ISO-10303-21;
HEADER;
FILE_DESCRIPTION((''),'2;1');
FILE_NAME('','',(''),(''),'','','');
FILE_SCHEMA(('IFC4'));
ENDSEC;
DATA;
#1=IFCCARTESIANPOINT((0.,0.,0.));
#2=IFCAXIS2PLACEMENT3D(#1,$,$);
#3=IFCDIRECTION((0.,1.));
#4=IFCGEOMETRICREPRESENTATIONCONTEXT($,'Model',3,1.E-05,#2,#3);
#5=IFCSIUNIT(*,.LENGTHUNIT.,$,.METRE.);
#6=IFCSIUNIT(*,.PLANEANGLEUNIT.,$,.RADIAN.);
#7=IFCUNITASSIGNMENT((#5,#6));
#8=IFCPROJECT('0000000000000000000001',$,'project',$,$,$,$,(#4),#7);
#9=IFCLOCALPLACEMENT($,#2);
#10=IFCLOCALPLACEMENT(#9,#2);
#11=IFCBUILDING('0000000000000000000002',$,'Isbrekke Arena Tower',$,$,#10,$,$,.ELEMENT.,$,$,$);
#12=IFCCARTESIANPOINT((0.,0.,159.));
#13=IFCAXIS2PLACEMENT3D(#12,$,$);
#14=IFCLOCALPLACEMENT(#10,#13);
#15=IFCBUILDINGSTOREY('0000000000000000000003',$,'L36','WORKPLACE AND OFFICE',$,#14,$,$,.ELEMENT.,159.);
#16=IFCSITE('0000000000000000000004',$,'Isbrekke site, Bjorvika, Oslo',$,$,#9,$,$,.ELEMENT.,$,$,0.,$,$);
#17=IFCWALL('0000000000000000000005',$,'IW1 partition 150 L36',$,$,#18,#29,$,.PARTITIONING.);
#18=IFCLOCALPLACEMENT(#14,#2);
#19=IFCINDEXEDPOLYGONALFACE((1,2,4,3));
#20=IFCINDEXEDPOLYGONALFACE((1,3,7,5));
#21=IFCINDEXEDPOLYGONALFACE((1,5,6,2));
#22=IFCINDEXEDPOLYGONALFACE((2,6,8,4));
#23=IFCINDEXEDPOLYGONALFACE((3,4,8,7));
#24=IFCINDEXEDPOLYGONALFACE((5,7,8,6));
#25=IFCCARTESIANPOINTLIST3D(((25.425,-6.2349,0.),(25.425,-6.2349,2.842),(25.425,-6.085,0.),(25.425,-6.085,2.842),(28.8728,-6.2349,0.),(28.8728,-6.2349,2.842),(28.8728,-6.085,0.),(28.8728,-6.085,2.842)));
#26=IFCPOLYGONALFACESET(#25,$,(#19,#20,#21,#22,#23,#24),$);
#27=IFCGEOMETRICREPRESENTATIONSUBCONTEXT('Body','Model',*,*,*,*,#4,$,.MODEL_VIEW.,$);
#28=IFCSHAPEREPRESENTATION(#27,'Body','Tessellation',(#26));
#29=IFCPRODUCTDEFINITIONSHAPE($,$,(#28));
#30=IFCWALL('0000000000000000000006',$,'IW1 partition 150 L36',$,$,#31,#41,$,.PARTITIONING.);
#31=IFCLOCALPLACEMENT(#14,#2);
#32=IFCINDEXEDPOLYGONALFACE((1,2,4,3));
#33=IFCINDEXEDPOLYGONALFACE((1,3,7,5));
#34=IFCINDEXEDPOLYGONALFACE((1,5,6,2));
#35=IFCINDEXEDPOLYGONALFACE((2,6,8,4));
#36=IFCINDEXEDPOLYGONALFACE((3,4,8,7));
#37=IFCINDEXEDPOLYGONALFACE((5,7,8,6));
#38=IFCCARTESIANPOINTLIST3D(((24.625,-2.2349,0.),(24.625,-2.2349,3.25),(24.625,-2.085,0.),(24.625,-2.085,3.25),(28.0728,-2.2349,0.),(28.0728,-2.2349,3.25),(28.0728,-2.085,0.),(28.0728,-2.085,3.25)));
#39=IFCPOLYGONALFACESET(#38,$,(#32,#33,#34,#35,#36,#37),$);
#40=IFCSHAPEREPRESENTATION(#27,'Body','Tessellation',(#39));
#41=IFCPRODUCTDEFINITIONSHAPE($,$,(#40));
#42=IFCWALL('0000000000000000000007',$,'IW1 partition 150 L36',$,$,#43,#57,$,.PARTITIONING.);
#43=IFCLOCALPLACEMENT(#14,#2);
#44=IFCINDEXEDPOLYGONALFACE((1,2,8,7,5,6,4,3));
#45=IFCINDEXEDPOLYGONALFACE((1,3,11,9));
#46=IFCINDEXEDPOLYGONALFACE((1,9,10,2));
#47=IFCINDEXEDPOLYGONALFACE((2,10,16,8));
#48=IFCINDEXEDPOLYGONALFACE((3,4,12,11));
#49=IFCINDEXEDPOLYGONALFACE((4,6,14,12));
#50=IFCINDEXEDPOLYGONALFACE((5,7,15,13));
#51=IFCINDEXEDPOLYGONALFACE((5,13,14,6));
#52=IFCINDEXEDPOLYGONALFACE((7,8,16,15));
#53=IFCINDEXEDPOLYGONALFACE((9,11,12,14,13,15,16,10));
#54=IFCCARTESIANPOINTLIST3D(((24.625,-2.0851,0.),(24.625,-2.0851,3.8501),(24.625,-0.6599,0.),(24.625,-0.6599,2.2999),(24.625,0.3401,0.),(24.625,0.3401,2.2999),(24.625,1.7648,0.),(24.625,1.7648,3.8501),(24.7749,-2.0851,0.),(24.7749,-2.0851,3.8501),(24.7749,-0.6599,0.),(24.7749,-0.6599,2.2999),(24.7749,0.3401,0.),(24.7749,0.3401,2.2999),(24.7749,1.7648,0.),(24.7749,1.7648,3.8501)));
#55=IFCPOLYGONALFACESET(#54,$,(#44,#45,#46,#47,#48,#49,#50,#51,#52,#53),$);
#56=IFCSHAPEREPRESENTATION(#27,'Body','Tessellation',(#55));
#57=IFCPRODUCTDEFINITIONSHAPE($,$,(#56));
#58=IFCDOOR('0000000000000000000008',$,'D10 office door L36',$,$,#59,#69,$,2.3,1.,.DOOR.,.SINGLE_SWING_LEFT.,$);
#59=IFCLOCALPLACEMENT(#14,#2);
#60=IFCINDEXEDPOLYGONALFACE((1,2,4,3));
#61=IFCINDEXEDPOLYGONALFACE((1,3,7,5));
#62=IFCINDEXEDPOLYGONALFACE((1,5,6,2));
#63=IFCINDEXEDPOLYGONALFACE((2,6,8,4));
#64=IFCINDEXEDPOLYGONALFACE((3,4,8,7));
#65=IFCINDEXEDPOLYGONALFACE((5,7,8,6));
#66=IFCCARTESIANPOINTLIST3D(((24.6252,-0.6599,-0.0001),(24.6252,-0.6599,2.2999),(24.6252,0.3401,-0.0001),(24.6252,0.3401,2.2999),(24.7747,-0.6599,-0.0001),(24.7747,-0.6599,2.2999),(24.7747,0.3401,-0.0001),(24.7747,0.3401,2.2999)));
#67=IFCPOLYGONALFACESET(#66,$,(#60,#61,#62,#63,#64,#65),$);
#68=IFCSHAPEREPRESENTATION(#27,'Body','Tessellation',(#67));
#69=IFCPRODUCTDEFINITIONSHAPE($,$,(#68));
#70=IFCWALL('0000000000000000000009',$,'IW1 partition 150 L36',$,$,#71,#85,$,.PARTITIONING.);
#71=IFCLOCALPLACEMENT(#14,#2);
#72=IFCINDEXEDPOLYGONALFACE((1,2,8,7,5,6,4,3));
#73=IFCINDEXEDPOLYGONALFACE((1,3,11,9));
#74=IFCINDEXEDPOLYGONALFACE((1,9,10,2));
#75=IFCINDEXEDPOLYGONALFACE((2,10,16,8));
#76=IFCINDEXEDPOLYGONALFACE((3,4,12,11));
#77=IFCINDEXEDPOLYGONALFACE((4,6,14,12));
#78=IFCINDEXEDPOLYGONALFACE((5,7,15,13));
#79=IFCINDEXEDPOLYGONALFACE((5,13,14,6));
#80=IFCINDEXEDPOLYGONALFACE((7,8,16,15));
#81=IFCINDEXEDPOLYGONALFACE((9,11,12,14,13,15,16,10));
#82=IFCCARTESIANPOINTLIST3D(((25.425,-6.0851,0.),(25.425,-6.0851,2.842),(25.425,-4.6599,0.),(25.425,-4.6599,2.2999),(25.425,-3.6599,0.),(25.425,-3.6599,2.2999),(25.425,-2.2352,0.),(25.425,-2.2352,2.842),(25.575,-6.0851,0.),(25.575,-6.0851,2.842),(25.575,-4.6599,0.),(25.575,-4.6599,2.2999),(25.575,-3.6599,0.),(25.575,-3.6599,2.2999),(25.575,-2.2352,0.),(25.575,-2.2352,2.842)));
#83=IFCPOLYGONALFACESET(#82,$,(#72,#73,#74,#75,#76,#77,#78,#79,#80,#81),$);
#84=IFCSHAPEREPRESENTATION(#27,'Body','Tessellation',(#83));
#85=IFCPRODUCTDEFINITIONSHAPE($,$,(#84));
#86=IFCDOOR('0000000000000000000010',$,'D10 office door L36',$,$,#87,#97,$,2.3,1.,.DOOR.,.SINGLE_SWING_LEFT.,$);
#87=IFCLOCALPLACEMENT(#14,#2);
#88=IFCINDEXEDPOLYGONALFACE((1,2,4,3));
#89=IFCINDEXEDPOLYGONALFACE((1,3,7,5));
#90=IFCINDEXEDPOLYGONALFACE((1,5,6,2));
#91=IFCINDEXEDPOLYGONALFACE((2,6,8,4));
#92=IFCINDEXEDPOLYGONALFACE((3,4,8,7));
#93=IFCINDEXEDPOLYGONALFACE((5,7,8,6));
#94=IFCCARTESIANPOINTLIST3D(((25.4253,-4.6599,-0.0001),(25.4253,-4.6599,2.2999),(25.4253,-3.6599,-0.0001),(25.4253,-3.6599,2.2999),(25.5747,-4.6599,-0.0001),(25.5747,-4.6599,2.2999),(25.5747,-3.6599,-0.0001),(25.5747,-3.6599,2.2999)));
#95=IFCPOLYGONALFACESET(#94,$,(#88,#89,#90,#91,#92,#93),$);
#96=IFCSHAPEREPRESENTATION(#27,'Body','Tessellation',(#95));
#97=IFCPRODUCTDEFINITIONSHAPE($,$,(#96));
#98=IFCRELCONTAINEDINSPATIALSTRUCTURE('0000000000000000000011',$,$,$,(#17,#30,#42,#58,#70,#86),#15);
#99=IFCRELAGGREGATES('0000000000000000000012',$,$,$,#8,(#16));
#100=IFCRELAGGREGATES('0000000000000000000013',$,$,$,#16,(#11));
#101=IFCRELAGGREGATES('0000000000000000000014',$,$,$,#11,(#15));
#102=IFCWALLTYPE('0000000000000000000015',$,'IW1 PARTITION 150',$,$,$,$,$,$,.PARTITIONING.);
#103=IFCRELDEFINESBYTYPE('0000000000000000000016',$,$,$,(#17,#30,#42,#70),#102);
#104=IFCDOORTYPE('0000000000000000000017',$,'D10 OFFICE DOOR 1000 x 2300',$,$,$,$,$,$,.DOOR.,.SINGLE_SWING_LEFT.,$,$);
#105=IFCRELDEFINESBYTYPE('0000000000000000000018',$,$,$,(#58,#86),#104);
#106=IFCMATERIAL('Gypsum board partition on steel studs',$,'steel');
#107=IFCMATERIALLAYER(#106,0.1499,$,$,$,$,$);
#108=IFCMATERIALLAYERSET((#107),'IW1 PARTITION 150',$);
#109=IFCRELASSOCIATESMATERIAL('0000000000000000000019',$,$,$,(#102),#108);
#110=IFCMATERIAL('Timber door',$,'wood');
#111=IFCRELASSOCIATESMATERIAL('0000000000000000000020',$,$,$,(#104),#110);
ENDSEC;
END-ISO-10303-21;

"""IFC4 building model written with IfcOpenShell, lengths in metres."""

from ifc_helpers import new_model, si_unit, direction, frame, frame_2d, origin, place, context, subcontext, project, spatial, rectangle, extrude, material, layer, layer_set, type_object, element, fill, save


model = new_model("IFC4")

# Units and contexts
model_context = context("Model", 3, precision=1e-05, world=origin(), true_north=direction((0.0, 1.0)))
body_context = subcontext(model_context, "Body", "Model", "MODEL_VIEW")
ifc_project = project(units=[si_unit("LENGTHUNIT", "METRE"), si_unit("PLANEANGLEUNIT", "RADIAN")], contexts=[model_context])

# Site, building, storey
site_placement = place(None, origin())
site = spatial("IfcSite", under=ifc_project, at=site_placement, Name="Isbrekke site, Bjorvika, Oslo", CompositionType="ELEMENT", RefElevation=0.0)
building_placement = place(site_placement, origin())
building = spatial("IfcBuilding", under=site, at=building_placement, Name="Isbrekke Arena Tower", CompositionType="ELEMENT")
storey_placement = place(building_placement, frame((0.0, 0.0, 159.0)))
storey = spatial("IfcBuildingStorey", under=building, at=storey_placement, Name="L36", Description="WORKPLACE AND OFFICE", CompositionType="ELEMENT", Elevation=159.0)

# Walls
ifc_material_1 = material(Name="Gypsum board partition on steel studs", Category="steel")
ifc_layer_1 = layer(ifc_material_1, 0.1499)
ifc_layer_set_1 = layer_set([ifc_layer_1], Name="IW1 PARTITION 150")
wall_type = type_object("IfcWallType", Name="IW1 PARTITION 150", PredefinedType="PARTITIONING", material=ifc_layer_set_1)
wall_1_placement = place(storey_placement, frame((25.425, -6.1599, 0.0), z_axis=(0.0, 0.0, 1.0), x_axis=(1.0, 0.0, 0.0)))
element("IfcWall", 1, at=wall_1_placement, inside=storey, type_object=wall_type, Name="IW1 partition 150 L36", PredefinedType="PARTITIONING", context=body_context, shape_type="SweptSolid", body=[
    extrude(rectangle(XDim=3.4478, YDim=0.1499, at=frame_2d((1.7239, 0.0))), origin(), (0.0, 0.0, 1.0), 2.842),
])
wall_2_placement = place(storey_placement, frame((24.625, -2.1599, 0.0), z_axis=(0.0, 0.0, 1.0), x_axis=(1.0, 0.0, 0.0)))
element("IfcWall", 2, at=wall_2_placement, inside=storey, type_object=wall_type, Name="IW1 partition 150 L36", PredefinedType="PARTITIONING", context=body_context, shape_type="SweptSolid", body=[
    extrude(rectangle(XDim=3.4478, YDim=0.1499, at=frame_2d((1.7239, 0.0))), origin(), (0.0, 0.0, 1.0), 3.25),
])

# Walls, openings, doors
wall_3_placement = place(storey_placement, frame((24.7, -2.085, 0.0), z_axis=(0.0, 0.0, 1.0), x_axis=(0.0, 1.0, 0.0)))
wall_3 = element("IfcWall", 3, at=wall_3_placement, inside=storey, type_object=wall_type, Name="IW1 partition 150 L36", PredefinedType="PARTITIONING", context=body_context, shape_type="SweptSolid", body=[
    extrude(rectangle(XDim=3.8499, YDim=0.1499, at=frame_2d((1.9248, 0.0))), origin(), (0.0, 0.0, 1.0), 3.8501),
])
opening_1_placement = place(wall_3_placement, frame((1.425, 0.0, 0.0)))
opening_1 = element("IfcOpeningElement", 4, at=opening_1_placement, cuts=wall_3, PredefinedType="OPENING", context=body_context, shape_type="SweptSolid", body=[
    extrude(rectangle(XDim=1.0, YDim=2.3, at=frame_2d((0.5, 1.1499))), frame((0.0, 0.0898, 0.0), z_axis=(0.0, -1.0, 0.0), x_axis=(1.0, 0.0, 0.0)), (0.0, 0.0, 1.0), 0.1797),
])
ifc_material_2 = material(Name="Timber door", Category="wood")
door_type = type_object("IfcDoorType", Name="D10 OFFICE DOOR 1000 x 2300", OperationType="SINGLE_SWING_LEFT", PredefinedType="DOOR", material=ifc_material_2)
door_1_placement = place(opening_1_placement, origin())
door_1 = element("IfcDoor", 5, at=door_1_placement, inside=storey, type_object=door_type, Name="D10 office door L36", OperationType="SINGLE_SWING_LEFT", OverallHeight=2.3, OverallWidth=1.0, PredefinedType="DOOR", context=body_context, shape_type="SweptSolid", body=[
    extrude(rectangle(XDim=1.0, YDim=2.3, at=frame_2d((0.5, 1.1499))), frame((0.0, 0.0747, 0.0), z_axis=(0.0, -1.0, 0.0), x_axis=(1.0, 0.0, 0.0)), (0.0, 0.0, 1.0), 0.1494),
])
fill(opening_1, door_1)
wall_4_placement = place(storey_placement, frame((25.5, -6.085, 0.0), z_axis=(0.0, 0.0, 1.0), x_axis=(0.0, 1.0, 0.0)))
wall_4 = element("IfcWall", 6, at=wall_4_placement, inside=storey, type_object=wall_type, Name="IW1 partition 150 L36", PredefinedType="PARTITIONING", context=body_context, shape_type="SweptSolid", body=[
    extrude(rectangle(XDim=3.8499, YDim=0.1499, at=frame_2d((1.9248, 0.0))), origin(), (0.0, 0.0, 1.0), 2.842),
])
opening_2_placement = place(wall_4_placement, frame((1.425, 0.0, 0.0)))
opening_2 = element("IfcOpeningElement", 7, at=opening_2_placement, cuts=wall_4, PredefinedType="OPENING", context=body_context, shape_type="SweptSolid", body=[
    extrude(rectangle(XDim=1.0, YDim=2.3, at=frame_2d((0.5, 1.1499))), frame((0.0, 0.0898, 0.0), z_axis=(0.0, -1.0, 0.0), x_axis=(1.0, 0.0, 0.0)), (0.0, 0.0, 1.0), 0.1797),
])
door_2_placement = place(opening_2_placement, origin())
door_2 = element("IfcDoor", 8, at=door_2_placement, inside=storey, type_object=door_type, Name="D10 office door L36", OperationType="SINGLE_SWING_LEFT", OverallHeight=2.3, OverallWidth=1.0, PredefinedType="DOOR", context=body_context, shape_type="SweptSolid", body=[
    extrude(rectangle(XDim=1.0, YDim=2.3, at=frame_2d((0.5, 1.1499))), frame((0.0, 0.0747, 0.0), z_axis=(0.0, -1.0, 0.0), x_axis=(1.0, 0.0, 0.0)), (0.0, 0.0, 1.0), 0.1494),
])
fill(opening_2, door_2)

save(model, "model.ifc")
